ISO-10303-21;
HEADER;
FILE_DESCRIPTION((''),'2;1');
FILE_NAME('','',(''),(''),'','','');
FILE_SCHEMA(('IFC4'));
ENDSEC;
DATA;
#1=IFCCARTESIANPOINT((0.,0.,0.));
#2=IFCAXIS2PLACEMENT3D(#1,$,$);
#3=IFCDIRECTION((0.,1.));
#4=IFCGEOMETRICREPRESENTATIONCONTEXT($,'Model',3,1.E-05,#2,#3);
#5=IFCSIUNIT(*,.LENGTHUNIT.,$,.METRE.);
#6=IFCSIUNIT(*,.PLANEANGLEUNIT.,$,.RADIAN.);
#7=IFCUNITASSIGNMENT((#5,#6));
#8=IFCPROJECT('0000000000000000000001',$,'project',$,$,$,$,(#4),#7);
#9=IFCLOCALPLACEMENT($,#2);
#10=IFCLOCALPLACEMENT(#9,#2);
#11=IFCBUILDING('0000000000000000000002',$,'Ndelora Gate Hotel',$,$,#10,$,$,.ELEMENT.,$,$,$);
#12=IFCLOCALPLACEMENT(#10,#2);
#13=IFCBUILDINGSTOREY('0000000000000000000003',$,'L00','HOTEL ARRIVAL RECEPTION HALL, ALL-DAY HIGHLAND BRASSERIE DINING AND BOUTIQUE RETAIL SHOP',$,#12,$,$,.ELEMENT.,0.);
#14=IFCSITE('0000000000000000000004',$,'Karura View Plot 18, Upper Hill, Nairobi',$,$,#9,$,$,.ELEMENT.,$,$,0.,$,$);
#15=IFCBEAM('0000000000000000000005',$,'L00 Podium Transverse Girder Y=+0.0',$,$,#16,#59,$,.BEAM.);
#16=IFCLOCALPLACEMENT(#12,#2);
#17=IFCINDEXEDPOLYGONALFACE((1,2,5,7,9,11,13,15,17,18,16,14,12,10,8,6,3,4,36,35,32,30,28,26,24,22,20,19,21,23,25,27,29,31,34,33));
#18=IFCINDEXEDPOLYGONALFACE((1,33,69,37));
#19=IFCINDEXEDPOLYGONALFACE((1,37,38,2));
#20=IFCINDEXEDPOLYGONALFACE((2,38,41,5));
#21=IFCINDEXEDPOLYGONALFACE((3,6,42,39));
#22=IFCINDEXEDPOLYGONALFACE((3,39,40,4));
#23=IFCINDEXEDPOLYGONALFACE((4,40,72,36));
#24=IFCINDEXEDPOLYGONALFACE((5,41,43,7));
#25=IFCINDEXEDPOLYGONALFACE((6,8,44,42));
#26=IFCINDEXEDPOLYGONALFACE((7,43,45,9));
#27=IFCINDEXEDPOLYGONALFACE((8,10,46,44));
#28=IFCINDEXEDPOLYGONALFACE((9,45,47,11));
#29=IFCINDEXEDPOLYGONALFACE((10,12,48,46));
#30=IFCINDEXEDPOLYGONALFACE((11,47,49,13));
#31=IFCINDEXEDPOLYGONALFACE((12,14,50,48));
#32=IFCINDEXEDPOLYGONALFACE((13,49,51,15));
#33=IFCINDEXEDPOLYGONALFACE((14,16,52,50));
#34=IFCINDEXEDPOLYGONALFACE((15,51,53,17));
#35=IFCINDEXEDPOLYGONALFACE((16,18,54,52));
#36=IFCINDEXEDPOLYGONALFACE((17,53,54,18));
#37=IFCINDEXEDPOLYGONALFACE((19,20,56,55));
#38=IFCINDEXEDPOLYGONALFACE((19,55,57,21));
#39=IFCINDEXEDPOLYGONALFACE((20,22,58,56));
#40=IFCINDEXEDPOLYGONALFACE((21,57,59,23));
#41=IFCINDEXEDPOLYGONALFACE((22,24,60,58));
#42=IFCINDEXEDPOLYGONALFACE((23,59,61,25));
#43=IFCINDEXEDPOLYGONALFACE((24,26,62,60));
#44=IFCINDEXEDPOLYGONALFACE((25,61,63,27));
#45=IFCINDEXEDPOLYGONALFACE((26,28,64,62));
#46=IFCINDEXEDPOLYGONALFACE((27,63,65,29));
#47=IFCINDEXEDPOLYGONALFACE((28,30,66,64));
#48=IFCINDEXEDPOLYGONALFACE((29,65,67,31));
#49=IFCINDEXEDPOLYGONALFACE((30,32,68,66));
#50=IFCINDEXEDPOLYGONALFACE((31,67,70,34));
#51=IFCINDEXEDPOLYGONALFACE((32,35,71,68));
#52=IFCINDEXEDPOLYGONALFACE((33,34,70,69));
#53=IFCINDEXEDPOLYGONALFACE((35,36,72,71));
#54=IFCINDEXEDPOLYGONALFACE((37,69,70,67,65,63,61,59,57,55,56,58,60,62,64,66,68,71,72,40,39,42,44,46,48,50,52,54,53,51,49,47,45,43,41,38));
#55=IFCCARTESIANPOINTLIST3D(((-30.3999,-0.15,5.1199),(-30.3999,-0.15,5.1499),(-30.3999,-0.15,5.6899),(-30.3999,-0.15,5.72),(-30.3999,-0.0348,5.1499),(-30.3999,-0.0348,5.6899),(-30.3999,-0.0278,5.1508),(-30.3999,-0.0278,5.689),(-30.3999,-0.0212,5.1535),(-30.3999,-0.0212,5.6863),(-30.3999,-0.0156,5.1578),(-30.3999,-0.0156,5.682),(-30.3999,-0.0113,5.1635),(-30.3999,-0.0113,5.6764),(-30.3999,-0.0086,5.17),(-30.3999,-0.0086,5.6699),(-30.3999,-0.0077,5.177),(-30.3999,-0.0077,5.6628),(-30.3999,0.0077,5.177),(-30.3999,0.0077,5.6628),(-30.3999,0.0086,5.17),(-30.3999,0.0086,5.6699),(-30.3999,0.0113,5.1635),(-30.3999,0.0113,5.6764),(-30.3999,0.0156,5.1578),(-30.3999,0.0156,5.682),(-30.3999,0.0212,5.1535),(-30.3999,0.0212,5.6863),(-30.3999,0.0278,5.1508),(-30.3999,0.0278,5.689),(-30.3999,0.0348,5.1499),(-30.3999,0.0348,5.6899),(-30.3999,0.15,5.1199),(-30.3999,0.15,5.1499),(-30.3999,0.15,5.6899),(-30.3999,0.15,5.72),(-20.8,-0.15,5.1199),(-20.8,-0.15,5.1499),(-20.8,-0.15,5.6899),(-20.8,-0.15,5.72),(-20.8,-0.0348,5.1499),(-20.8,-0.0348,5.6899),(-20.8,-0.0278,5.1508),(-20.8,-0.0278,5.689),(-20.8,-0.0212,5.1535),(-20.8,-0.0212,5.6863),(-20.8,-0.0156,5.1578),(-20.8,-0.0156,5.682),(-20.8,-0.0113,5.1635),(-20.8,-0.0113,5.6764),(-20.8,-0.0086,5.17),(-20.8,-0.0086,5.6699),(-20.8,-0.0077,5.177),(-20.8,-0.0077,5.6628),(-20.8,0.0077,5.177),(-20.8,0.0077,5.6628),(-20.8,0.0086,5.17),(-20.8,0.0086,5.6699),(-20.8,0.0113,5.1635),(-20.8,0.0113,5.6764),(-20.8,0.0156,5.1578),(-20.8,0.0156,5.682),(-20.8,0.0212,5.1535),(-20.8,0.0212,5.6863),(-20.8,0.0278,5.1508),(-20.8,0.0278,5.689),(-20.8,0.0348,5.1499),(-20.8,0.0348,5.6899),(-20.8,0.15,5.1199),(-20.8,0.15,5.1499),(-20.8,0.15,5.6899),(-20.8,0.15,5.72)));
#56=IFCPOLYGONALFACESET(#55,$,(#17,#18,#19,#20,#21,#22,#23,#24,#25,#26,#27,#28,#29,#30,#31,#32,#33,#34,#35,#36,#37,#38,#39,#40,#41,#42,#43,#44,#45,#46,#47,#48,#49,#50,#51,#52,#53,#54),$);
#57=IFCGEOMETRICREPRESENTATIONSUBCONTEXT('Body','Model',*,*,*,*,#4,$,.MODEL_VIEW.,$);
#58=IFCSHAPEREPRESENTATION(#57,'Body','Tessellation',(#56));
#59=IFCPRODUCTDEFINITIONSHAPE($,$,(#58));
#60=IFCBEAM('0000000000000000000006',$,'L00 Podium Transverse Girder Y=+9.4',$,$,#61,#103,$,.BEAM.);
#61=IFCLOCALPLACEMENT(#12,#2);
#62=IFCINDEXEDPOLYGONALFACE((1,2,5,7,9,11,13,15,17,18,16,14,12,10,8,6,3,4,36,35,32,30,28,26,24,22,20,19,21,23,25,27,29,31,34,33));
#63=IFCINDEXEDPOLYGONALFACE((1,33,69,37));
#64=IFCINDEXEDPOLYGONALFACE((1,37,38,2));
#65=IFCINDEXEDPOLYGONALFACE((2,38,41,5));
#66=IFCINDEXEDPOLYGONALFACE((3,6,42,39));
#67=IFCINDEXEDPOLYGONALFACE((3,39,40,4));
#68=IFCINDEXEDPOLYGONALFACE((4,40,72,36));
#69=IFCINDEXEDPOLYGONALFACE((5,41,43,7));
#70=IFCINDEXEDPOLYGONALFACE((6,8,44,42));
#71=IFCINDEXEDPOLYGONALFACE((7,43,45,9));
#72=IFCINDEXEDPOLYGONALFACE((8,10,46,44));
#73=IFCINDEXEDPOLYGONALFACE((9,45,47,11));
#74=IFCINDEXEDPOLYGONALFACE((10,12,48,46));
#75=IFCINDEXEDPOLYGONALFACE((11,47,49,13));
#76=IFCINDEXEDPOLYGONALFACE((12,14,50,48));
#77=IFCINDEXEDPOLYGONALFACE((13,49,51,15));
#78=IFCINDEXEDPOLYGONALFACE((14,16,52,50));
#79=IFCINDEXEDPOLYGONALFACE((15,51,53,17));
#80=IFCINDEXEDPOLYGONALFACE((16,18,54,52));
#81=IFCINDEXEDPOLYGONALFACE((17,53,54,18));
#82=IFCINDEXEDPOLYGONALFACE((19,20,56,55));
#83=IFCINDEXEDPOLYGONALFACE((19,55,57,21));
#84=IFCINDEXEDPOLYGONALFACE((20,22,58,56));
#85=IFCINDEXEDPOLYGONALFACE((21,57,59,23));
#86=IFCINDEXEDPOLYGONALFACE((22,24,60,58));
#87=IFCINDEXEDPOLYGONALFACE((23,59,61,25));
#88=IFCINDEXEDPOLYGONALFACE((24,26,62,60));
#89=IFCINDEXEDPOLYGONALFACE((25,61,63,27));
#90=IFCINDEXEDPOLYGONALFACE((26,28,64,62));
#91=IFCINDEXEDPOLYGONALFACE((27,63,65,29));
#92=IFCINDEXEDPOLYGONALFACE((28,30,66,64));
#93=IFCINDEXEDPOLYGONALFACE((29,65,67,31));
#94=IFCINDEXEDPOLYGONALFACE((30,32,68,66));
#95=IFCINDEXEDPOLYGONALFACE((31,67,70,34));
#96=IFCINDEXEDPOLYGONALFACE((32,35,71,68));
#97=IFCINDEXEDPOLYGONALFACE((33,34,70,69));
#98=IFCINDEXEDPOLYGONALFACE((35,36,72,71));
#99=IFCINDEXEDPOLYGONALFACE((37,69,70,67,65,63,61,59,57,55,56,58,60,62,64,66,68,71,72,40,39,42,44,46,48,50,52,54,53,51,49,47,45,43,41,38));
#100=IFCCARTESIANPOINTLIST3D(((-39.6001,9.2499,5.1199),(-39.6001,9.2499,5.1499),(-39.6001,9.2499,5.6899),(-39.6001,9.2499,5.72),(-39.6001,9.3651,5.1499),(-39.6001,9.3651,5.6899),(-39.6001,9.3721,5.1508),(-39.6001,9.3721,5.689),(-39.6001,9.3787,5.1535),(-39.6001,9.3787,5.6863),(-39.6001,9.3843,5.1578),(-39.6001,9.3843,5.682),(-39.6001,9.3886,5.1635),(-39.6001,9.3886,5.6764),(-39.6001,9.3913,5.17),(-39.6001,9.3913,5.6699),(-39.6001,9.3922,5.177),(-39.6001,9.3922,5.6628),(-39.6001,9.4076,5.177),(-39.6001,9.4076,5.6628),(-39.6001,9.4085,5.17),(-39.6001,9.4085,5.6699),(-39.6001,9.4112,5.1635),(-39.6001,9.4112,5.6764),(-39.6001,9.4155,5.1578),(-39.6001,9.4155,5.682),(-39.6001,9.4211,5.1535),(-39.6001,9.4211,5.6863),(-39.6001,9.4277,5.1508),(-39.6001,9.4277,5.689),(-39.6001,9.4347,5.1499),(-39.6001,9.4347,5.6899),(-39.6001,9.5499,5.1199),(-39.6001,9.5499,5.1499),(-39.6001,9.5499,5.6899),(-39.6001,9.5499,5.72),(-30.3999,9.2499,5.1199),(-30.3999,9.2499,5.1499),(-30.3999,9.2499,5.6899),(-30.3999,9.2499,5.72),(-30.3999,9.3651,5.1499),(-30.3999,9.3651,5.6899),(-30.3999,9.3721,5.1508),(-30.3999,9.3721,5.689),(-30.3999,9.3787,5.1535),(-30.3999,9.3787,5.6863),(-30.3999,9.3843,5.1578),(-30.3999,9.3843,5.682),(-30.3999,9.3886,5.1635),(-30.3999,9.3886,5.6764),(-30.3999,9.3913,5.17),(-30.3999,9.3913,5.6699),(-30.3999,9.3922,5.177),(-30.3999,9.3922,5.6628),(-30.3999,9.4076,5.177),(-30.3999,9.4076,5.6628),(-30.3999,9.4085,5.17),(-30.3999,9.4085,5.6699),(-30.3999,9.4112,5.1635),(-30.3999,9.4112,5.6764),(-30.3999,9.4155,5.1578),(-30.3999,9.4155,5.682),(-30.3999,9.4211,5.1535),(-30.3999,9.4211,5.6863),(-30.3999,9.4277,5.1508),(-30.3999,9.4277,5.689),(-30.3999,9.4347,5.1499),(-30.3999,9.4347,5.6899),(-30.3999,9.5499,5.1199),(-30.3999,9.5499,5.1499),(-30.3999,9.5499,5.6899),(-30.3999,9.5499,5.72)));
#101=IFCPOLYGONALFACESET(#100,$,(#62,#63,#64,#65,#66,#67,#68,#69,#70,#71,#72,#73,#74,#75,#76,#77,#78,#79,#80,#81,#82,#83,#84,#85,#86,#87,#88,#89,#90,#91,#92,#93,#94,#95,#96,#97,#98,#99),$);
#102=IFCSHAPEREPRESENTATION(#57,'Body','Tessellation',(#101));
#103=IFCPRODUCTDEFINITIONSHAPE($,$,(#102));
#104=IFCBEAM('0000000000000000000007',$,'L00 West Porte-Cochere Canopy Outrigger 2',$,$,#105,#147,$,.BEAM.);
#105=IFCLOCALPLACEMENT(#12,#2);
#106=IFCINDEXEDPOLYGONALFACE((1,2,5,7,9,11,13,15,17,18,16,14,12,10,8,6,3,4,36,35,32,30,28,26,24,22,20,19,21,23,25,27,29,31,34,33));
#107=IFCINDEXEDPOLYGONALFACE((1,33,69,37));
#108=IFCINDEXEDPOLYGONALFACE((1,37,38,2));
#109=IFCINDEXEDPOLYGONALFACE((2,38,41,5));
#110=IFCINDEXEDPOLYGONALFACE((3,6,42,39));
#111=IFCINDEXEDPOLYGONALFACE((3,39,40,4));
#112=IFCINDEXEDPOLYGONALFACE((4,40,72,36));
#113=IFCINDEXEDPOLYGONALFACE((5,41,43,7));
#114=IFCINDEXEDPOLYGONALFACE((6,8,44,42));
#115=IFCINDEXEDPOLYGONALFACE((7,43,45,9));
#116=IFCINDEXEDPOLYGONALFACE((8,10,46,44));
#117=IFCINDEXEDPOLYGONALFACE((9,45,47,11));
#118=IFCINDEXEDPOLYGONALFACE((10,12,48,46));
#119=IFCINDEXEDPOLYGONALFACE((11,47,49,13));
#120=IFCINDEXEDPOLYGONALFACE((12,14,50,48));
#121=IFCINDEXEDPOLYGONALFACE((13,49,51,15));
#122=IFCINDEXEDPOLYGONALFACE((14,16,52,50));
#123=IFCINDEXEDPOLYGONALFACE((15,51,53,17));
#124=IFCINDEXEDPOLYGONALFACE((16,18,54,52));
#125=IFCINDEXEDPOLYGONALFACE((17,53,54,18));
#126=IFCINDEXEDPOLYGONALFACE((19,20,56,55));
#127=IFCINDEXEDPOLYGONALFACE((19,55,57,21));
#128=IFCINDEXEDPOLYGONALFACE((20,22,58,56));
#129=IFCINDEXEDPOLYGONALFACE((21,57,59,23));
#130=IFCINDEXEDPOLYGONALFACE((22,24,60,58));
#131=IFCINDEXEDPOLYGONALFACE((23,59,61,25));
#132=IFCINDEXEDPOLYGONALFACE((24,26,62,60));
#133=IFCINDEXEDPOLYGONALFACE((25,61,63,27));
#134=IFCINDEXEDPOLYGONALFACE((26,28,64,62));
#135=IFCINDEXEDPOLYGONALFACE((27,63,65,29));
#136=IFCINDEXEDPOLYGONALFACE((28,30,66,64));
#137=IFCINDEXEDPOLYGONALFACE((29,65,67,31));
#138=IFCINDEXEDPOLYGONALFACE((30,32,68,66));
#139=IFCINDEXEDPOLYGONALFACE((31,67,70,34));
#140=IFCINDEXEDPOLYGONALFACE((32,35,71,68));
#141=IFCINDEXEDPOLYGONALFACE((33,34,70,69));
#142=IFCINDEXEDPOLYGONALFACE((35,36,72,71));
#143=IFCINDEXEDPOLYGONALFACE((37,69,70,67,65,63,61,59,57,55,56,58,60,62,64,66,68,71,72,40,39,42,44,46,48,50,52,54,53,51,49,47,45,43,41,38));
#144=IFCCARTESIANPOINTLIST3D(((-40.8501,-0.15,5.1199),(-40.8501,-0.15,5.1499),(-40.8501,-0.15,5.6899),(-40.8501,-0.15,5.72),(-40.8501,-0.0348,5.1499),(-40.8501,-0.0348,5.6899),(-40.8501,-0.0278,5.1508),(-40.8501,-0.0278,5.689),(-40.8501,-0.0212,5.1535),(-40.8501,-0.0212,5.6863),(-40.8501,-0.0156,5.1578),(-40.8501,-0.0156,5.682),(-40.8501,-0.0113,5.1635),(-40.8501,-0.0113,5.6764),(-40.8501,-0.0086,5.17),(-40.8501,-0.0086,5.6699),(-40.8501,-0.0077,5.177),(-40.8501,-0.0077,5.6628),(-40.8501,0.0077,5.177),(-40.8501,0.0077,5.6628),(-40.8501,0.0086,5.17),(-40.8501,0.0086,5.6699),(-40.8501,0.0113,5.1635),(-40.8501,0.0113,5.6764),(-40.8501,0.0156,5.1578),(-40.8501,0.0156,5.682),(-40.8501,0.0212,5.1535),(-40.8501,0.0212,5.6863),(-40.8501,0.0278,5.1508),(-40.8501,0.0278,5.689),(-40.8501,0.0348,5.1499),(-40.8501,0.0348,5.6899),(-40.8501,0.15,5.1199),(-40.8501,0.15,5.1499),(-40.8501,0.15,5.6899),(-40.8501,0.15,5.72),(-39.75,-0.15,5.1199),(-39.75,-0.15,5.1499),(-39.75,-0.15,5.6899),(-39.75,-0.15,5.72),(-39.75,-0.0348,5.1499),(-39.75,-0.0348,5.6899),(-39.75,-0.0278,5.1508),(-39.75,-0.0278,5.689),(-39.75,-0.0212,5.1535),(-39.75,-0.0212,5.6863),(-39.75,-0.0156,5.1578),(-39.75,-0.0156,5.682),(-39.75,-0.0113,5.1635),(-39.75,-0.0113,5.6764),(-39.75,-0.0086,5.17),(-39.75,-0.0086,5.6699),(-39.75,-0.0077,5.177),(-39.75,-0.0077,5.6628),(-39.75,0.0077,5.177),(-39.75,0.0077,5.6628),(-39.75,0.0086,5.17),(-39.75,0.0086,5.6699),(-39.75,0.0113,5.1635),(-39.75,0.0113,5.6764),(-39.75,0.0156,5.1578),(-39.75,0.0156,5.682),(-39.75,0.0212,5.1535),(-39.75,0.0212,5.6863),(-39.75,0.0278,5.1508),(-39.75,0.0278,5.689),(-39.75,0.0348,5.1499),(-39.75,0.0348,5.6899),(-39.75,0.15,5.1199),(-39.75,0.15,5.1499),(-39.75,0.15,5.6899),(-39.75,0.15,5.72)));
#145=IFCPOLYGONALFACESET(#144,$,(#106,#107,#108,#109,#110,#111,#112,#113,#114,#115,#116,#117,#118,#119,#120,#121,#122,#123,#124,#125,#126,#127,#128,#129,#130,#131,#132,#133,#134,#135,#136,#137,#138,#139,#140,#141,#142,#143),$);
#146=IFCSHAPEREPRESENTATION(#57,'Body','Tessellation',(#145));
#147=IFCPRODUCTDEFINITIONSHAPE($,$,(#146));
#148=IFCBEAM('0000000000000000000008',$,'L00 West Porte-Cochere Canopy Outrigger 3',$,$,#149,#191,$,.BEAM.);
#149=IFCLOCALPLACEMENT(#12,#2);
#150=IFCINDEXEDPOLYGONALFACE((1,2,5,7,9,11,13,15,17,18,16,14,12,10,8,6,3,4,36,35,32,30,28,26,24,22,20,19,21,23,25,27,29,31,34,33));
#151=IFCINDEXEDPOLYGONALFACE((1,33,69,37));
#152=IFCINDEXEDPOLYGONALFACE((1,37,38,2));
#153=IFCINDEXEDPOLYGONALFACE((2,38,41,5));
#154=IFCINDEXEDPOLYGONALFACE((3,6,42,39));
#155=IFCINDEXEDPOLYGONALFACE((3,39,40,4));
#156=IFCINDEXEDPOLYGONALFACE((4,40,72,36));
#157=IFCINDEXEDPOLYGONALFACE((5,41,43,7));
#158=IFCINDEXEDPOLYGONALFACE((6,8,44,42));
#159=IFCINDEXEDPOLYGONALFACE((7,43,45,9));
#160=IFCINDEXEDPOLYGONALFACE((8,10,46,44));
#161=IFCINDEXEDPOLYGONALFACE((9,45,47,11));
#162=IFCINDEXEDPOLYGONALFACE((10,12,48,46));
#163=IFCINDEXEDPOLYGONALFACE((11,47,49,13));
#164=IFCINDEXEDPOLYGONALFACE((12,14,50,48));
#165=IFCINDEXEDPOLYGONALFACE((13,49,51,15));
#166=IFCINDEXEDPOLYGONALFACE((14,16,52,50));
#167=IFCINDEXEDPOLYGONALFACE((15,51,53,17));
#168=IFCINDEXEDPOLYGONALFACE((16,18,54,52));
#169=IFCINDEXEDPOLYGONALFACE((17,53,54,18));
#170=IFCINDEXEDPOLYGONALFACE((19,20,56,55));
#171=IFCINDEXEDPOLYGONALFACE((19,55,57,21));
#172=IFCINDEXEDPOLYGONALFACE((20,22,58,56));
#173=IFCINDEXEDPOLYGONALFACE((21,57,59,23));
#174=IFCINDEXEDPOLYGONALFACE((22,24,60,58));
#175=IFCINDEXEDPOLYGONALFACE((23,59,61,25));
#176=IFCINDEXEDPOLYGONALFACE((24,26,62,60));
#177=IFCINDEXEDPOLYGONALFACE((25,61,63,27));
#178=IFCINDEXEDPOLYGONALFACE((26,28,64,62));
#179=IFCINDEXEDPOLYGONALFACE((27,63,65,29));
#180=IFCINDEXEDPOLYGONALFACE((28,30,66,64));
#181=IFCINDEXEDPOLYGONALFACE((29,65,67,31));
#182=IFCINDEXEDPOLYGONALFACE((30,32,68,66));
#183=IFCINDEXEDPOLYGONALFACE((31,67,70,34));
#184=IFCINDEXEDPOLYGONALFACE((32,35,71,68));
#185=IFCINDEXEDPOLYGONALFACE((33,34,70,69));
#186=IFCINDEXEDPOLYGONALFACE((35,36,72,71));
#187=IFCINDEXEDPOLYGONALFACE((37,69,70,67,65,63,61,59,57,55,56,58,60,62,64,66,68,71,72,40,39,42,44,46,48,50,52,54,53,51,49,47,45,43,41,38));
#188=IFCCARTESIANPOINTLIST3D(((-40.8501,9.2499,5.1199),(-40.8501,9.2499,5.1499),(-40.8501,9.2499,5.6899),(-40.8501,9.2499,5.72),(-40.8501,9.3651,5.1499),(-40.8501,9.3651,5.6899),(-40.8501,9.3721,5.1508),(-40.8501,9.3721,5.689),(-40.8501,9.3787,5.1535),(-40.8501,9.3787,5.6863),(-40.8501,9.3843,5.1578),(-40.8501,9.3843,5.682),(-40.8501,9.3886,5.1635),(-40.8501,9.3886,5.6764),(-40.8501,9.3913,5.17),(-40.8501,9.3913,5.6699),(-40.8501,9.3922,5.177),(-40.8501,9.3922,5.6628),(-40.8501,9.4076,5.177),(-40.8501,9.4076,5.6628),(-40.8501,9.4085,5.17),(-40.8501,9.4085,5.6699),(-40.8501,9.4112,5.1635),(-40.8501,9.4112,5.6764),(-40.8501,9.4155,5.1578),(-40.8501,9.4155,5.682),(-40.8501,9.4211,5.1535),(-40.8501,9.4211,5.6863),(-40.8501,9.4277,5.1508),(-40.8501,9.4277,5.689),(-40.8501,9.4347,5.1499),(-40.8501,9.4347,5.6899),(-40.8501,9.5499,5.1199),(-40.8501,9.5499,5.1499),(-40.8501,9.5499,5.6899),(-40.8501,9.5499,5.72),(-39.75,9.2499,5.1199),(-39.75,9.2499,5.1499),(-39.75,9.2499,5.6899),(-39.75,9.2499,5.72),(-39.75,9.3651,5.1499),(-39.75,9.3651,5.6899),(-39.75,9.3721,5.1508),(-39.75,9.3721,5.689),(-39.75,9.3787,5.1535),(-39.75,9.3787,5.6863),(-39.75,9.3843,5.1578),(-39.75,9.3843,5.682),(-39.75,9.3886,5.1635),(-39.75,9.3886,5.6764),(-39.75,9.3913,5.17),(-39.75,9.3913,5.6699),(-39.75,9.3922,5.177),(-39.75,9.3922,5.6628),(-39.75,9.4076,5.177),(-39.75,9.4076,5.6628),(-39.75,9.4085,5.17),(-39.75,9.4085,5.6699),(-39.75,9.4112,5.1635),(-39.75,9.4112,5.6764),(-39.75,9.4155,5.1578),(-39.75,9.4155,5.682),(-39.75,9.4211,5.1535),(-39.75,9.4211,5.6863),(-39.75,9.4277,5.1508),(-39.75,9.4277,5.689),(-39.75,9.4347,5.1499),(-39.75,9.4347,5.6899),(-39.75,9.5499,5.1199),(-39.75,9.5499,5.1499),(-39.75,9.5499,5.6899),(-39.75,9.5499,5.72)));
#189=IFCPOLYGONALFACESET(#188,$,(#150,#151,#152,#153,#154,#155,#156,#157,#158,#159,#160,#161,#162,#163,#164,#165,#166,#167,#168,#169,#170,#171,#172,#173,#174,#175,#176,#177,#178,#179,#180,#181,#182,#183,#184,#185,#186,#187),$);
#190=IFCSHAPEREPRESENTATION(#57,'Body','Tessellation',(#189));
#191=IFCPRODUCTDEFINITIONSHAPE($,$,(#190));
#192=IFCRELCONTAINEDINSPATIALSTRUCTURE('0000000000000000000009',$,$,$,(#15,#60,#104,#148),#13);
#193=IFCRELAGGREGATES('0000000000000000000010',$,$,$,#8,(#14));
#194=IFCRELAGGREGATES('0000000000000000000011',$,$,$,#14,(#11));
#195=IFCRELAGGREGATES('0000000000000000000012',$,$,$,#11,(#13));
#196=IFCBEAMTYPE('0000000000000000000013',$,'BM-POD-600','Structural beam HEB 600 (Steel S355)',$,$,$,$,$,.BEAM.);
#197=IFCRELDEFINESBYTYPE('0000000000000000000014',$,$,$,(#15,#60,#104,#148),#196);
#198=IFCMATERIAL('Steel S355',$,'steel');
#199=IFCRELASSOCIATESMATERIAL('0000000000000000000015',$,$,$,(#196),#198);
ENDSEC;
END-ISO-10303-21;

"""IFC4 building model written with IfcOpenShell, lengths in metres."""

from ifc_helpers import new_model, si_unit, direction, frame, origin, origin_2d, place, context, subcontext, project, spatial, i_section, extrude, material, material_profile, profile_set, type_object, element, save


model = new_model("IFC4")

# Units and contexts
model_context = context("Model", 3, precision=1e-05, world=origin(), true_north=direction((0.0, 1.0)))
body_context = subcontext(model_context, "Body", "Model", "MODEL_VIEW")
ifc_project = project(units=[si_unit("LENGTHUNIT", "METRE"), si_unit("PLANEANGLEUNIT", "RADIAN")], contexts=[model_context])

# Site, building, storey
site_placement = place(None, origin())
site = spatial("IfcSite", under=ifc_project, at=site_placement, Name="Karura View Plot 18, Upper Hill, Nairobi", CompositionType="ELEMENT", RefElevation=0.0)
building_placement = place(site_placement, origin())
building = spatial("IfcBuilding", under=site, at=building_placement, Name="Ndelora Gate Hotel", CompositionType="ELEMENT")
storey_placement = place(building_placement, origin())
storey = spatial("IfcBuildingStorey", under=building, at=storey_placement, Name="L00", Description="HOTEL ARRIVAL RECEPTION HALL, ALL-DAY HIGHLAND BRASSERIE DINING AND BOUTIQUE RETAIL SHOP", CompositionType="ELEMENT", Elevation=0.0)

# Beams
ifc_material_1 = material(Name="Steel S355", Category="steel")
ifc_material_profile_1 = material_profile(ifc_material_1, i_section(OverallWidth=0.3, OverallDepth=0.6001, WebThickness=0.0154, FlangeThickness=0.03, FilletRadius=0.0271, at=origin_2d()), Name="HEB 600")
ifc_profile_set_1 = profile_set([ifc_material_profile_1], Name="Steel S355")
beam_type_1 = type_object("IfcBeamType", Name="BM-POD-600", Description="Structural beam HEB 600 (Steel S355)", PredefinedType="BEAM", material=ifc_profile_set_1)
beam_1_placement = place(storey_placement, frame((-30.3999, 0.0, 5.4199), z_axis=(1.0, 0.0, 0.0), x_axis=(0.0, 1.0, 0.0)))
element("IfcBeam", 1, at=beam_1_placement, inside=storey, type_object=beam_type_1, Name="L00 Podium Transverse Girder Y=+0.0", PredefinedType="BEAM", context=body_context, shape_type="SweptSolid", body=[
    extrude(i_section(OverallWidth=0.3, OverallDepth=0.6001, WebThickness=0.0154, FlangeThickness=0.03, FilletRadius=0.0271, at=origin_2d()), origin(), (0.0, 0.0, 1.0), 9.5999),
])
beam_2_placement = place(storey_placement, frame((-39.6001, 9.3999, 5.4199), z_axis=(1.0, 0.0, 0.0), x_axis=(0.0, 1.0, 0.0)))
element("IfcBeam", 2, at=beam_2_placement, inside=storey, type_object=beam_type_1, Name="L00 Podium Transverse Girder Y=+9.4", PredefinedType="BEAM", context=body_context, shape_type="SweptSolid", body=[
    extrude(i_section(OverallWidth=0.3, OverallDepth=0.6001, WebThickness=0.0154, FlangeThickness=0.03, FilletRadius=0.0271, at=origin_2d()), origin(), (0.0, 0.0, 1.0), 9.2002),
])
for number, where, z_axis, x_axis, name in (
    (3, (-39.75, 0.0, 5.4199), (-1.0, 0.0, 0.0), (0.0, -1.0, 0.0), "L00 West Porte-Cochere Canopy Outrigger 2"),
    (4, (-39.75, 9.3999, 5.4199), (-1.0, 0.0, 0.0), (0.0, -1.0, 0.0), "L00 West Porte-Cochere Canopy Outrigger 3"),
):
    element("IfcBeam", number, at=place(storey_placement, frame(where, z_axis=z_axis, x_axis=x_axis)), inside=storey, type_object=beam_type_1, Name=name, PredefinedType="BEAM", context=body_context, shape_type="SweptSolid", body=[
        extrude(i_section(OverallWidth=0.3, OverallDepth=0.6001, WebThickness=0.0154, FlangeThickness=0.03, FilletRadius=0.0271, at=origin_2d()), origin(), (0.0, 0.0, 1.0), 1.1001),
    ])

save(model, "model.ifc")
